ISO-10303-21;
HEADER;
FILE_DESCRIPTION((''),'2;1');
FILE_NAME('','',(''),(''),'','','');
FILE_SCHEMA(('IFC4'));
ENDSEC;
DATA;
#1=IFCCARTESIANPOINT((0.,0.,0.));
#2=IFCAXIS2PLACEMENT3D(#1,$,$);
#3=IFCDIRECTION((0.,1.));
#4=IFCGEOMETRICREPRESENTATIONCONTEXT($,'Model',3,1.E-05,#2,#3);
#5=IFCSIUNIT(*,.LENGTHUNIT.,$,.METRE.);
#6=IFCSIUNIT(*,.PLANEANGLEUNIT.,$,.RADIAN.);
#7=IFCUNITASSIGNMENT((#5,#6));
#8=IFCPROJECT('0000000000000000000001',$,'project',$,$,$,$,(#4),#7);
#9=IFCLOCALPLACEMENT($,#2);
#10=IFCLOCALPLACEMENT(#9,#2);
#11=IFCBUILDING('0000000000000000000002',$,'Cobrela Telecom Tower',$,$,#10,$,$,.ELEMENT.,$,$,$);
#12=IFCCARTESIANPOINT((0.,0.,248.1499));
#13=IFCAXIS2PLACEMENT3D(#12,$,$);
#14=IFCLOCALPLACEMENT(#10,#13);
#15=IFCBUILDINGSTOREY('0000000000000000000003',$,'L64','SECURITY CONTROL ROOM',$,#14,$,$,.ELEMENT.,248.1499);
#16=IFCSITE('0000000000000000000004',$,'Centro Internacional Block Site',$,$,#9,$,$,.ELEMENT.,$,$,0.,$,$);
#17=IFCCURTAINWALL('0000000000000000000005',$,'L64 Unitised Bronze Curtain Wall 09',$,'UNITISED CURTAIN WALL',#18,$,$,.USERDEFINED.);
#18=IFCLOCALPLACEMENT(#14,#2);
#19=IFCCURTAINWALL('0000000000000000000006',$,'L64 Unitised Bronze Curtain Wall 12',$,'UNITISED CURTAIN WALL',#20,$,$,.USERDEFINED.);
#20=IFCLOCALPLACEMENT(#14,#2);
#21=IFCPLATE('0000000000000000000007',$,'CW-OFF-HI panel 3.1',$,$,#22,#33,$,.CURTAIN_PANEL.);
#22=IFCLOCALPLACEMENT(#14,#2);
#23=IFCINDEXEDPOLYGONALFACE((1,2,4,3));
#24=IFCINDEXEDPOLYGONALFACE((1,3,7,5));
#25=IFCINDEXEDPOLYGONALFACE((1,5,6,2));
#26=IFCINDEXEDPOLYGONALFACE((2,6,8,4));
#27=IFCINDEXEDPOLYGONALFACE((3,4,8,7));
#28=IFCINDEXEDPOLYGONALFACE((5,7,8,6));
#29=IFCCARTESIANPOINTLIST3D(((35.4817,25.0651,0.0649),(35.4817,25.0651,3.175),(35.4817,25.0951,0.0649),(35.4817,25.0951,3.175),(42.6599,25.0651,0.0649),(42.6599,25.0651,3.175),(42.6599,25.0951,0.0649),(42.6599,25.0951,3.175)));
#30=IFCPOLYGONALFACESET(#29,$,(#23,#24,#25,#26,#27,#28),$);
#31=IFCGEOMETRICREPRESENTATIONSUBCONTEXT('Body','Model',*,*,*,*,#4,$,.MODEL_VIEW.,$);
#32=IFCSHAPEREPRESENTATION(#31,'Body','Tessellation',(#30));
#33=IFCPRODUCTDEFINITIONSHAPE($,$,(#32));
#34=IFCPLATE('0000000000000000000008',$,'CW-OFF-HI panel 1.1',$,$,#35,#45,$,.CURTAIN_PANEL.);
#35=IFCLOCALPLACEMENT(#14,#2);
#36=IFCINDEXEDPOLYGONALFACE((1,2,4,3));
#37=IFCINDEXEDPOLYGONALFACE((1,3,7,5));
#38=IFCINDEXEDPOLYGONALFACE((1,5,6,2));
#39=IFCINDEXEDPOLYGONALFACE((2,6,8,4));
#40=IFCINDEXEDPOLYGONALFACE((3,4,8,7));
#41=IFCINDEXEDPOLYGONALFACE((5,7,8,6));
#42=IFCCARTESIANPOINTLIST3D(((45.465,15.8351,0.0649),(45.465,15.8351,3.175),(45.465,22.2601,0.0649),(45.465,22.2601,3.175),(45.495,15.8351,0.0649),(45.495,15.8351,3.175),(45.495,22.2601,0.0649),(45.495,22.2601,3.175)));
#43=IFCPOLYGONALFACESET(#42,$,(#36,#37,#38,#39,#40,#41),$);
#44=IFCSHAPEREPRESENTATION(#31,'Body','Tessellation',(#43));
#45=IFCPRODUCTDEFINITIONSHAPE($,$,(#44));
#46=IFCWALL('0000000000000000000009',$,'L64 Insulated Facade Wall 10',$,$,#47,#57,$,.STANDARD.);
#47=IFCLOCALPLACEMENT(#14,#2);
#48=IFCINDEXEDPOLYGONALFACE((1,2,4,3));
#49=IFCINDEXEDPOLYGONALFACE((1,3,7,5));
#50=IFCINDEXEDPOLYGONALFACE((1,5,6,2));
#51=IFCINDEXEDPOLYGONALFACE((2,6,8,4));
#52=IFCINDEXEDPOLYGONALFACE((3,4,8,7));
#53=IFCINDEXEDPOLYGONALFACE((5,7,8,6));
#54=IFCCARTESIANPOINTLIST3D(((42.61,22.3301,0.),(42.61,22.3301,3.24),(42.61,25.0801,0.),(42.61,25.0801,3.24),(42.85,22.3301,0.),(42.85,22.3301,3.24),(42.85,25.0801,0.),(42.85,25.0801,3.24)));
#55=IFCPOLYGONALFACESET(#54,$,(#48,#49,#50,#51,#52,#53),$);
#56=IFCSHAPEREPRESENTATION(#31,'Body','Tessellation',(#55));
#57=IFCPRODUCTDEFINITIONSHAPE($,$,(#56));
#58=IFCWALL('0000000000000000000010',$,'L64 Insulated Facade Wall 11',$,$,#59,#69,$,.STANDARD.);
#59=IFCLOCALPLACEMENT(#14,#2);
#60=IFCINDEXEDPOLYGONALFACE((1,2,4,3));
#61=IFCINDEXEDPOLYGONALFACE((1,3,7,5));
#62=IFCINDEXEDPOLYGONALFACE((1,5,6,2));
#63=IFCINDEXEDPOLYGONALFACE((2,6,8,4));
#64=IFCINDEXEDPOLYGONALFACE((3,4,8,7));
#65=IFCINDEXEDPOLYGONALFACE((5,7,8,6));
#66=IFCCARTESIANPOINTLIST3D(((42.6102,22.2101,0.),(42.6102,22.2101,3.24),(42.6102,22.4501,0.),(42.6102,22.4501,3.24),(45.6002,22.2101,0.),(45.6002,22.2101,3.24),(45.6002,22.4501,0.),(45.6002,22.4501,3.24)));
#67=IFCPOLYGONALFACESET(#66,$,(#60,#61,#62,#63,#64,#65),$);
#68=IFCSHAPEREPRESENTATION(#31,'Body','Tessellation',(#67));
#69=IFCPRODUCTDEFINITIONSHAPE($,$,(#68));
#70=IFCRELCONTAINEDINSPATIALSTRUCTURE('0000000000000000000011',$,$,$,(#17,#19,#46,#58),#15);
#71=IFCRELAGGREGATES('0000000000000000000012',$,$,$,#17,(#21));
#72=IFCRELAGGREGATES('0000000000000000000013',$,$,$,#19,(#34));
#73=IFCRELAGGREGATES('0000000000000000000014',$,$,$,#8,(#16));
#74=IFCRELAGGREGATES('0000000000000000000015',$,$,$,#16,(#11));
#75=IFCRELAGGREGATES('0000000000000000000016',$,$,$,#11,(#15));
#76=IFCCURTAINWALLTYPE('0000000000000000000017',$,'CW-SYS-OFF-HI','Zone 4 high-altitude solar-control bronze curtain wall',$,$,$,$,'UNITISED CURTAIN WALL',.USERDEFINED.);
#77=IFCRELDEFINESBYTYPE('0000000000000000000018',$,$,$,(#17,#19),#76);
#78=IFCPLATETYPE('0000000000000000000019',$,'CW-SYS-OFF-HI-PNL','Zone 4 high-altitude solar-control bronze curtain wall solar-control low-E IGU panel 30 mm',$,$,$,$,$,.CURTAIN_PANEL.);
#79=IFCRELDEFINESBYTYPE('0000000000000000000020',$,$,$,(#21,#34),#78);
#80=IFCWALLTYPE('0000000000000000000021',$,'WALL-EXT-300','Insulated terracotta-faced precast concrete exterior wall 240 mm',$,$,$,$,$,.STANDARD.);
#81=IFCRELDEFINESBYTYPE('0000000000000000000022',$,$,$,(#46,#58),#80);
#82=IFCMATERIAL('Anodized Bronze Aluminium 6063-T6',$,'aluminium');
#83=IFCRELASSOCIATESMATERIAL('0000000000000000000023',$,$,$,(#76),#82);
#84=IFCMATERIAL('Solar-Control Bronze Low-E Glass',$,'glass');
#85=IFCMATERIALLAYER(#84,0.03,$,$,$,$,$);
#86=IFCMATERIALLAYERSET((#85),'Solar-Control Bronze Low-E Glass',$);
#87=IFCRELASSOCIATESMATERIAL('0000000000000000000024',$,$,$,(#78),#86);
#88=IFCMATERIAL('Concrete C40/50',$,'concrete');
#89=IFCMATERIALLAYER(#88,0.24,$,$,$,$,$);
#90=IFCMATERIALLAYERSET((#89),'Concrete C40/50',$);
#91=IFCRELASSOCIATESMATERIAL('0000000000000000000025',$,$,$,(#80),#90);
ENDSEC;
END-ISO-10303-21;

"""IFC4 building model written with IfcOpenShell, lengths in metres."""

from ifc_helpers import new_model, si_unit, direction, frame, frame_2d, origin, origin_2d, place, context, subcontext, project, spatial, rectangle, extrude, material, layer, layer_set, type_object, element, aggregate, save


model = new_model("IFC4")

# Units and contexts
model_context = context("Model", 3, precision=1e-05, world=origin(), true_north=direction((0.0, 1.0)))
body_context = subcontext(model_context, "Body", "Model", "MODEL_VIEW")
ifc_project = project(units=[si_unit("LENGTHUNIT", "METRE"), si_unit("PLANEANGLEUNIT", "RADIAN")], contexts=[model_context])

# Site, building, storey
site_placement = place(None, origin())
site = spatial("IfcSite", under=ifc_project, at=site_placement, Name="Centro Internacional Block Site", CompositionType="ELEMENT", RefElevation=0.0)
building_placement = place(site_placement, origin())
building = spatial("IfcBuilding", under=site, at=building_placement, Name="Cobrela Telecom Tower", CompositionType="ELEMENT")
storey_placement = place(building_placement, frame((0.0, 0.0, 248.1499)))
storey = spatial("IfcBuildingStorey", under=building, at=storey_placement, Name="L64", Description="SECURITY CONTROL ROOM", CompositionType="ELEMENT", Elevation=248.1499)

# Curtain walls
ifc_material_1 = material(Name="Anodized Bronze Aluminium 6063-T6", Category="aluminium")
curtain_wall_type = type_object("IfcCurtainWallType", Name="CW-SYS-OFF-HI", Description="Zone 4 high-altitude solar-control bronze curtain wall", ElementType="UNITISED CURTAIN WALL", PredefinedType="USERDEFINED", material=ifc_material_1)
curtain_wall_1_placement = place(storey_placement, origin())
curtain_wall_1 = element("IfcCurtainWall", 1, at=curtain_wall_1_placement, inside=storey, type_object=curtain_wall_type, Name="L64 Unitised Bronze Curtain Wall 09", ObjectType="UNITISED CURTAIN WALL", PredefinedType="USERDEFINED")
curtain_wall_2_placement = place(storey_placement, origin())
curtain_wall_2 = element("IfcCurtainWall", 2, at=curtain_wall_2_placement, inside=storey, type_object=curtain_wall_type, Name="L64 Unitised Bronze Curtain Wall 12", ObjectType="UNITISED CURTAIN WALL", PredefinedType="USERDEFINED")

# Plates
ifc_material_2 = material(Name="Solar-Control Bronze Low-E Glass", Category="glass")
ifc_layer_1 = layer(ifc_material_2, 0.03)
ifc_layer_set_1 = layer_set([ifc_layer_1], Name="Solar-Control Bronze Low-E Glass")
plate_type = type_object("IfcPlateType", Name="CW-SYS-OFF-HI-PNL", Description="Zone 4 high-altitude solar-control bronze curtain wall solar-control low-E IGU panel 30 mm", PredefinedType="CURTAIN_PANEL", material=ifc_layer_set_1)
plate_1_placement = place(storey_placement, frame((39.0708, 25.0801, 0.0649), z_axis=(0.0, 0.0, 1.0), x_axis=(1.0, 0.0, 0.0)))
plate_1 = element("IfcPlate", 3, at=plate_1_placement, type_object=plate_type, Name="CW-OFF-HI panel 3.1", PredefinedType="CURTAIN_PANEL", context=body_context, shape_type="SweptSolid", body=[
    extrude(rectangle(XDim=7.1782, YDim=0.03, at=origin_2d()), origin(), (0.0, 0.0, 1.0), 3.1101),
])
aggregate(curtain_wall_1, [plate_1])
plate_2_placement = place(storey_placement, frame((45.48, 19.0476, 0.0649), z_axis=(0.0, 0.0, 1.0), x_axis=(0.0, -1.0, 0.0)))
plate_2 = element("IfcPlate", 4, at=plate_2_placement, type_object=plate_type, Name="CW-OFF-HI panel 1.1", PredefinedType="CURTAIN_PANEL", context=body_context, shape_type="SweptSolid", body=[
    extrude(rectangle(XDim=6.425, YDim=0.03, at=origin_2d()), origin(), (0.0, 0.0, 1.0), 3.1101),
])
aggregate(curtain_wall_2, [plate_2])

# Walls
ifc_material_3 = material(Name="Concrete C40/50", Category="concrete")
ifc_layer_2 = layer(ifc_material_3, 0.24)
ifc_layer_set_2 = layer_set([ifc_layer_2], Name="Concrete C40/50")
wall_type = type_object("IfcWallType", Name="WALL-EXT-300", Description="Insulated terracotta-faced precast concrete exterior wall 240 mm", PredefinedType="STANDARD", material=ifc_layer_set_2)
wall_1_placement = place(storey_placement, frame((42.73, 25.0801, 0.0), z_axis=(0.0, 0.0, 1.0), x_axis=(0.0, -1.0, 0.0)))
element("IfcWall", 5, at=wall_1_placement, inside=storey, type_object=wall_type, Name="L64 Insulated Facade Wall 10", PredefinedType="STANDARD", context=body_context, shape_type="SweptSolid", body=[
    extrude(rectangle(XDim=2.75, YDim=0.24, at=frame_2d((1.375, 0.0))), origin(), (0.0, 0.0, 1.0), 3.24),
])
wall_2_placement = place(storey_placement, frame((42.6101, 22.3301, 0.0), z_axis=(0.0, 0.0, 1.0), x_axis=(1.0, 0.0, 0.0)))
element("IfcWall", 6, at=wall_2_placement, inside=storey, type_object=wall_type, Name="L64 Insulated Facade Wall 11", PredefinedType="STANDARD", context=body_context, shape_type="SweptSolid", body=[
    extrude(rectangle(XDim=2.99, YDim=0.24, at=frame_2d((1.4951, 0.0))), origin(), (0.0, 0.0, 1.0), 3.24),
])

save(model, "model.ifc")
